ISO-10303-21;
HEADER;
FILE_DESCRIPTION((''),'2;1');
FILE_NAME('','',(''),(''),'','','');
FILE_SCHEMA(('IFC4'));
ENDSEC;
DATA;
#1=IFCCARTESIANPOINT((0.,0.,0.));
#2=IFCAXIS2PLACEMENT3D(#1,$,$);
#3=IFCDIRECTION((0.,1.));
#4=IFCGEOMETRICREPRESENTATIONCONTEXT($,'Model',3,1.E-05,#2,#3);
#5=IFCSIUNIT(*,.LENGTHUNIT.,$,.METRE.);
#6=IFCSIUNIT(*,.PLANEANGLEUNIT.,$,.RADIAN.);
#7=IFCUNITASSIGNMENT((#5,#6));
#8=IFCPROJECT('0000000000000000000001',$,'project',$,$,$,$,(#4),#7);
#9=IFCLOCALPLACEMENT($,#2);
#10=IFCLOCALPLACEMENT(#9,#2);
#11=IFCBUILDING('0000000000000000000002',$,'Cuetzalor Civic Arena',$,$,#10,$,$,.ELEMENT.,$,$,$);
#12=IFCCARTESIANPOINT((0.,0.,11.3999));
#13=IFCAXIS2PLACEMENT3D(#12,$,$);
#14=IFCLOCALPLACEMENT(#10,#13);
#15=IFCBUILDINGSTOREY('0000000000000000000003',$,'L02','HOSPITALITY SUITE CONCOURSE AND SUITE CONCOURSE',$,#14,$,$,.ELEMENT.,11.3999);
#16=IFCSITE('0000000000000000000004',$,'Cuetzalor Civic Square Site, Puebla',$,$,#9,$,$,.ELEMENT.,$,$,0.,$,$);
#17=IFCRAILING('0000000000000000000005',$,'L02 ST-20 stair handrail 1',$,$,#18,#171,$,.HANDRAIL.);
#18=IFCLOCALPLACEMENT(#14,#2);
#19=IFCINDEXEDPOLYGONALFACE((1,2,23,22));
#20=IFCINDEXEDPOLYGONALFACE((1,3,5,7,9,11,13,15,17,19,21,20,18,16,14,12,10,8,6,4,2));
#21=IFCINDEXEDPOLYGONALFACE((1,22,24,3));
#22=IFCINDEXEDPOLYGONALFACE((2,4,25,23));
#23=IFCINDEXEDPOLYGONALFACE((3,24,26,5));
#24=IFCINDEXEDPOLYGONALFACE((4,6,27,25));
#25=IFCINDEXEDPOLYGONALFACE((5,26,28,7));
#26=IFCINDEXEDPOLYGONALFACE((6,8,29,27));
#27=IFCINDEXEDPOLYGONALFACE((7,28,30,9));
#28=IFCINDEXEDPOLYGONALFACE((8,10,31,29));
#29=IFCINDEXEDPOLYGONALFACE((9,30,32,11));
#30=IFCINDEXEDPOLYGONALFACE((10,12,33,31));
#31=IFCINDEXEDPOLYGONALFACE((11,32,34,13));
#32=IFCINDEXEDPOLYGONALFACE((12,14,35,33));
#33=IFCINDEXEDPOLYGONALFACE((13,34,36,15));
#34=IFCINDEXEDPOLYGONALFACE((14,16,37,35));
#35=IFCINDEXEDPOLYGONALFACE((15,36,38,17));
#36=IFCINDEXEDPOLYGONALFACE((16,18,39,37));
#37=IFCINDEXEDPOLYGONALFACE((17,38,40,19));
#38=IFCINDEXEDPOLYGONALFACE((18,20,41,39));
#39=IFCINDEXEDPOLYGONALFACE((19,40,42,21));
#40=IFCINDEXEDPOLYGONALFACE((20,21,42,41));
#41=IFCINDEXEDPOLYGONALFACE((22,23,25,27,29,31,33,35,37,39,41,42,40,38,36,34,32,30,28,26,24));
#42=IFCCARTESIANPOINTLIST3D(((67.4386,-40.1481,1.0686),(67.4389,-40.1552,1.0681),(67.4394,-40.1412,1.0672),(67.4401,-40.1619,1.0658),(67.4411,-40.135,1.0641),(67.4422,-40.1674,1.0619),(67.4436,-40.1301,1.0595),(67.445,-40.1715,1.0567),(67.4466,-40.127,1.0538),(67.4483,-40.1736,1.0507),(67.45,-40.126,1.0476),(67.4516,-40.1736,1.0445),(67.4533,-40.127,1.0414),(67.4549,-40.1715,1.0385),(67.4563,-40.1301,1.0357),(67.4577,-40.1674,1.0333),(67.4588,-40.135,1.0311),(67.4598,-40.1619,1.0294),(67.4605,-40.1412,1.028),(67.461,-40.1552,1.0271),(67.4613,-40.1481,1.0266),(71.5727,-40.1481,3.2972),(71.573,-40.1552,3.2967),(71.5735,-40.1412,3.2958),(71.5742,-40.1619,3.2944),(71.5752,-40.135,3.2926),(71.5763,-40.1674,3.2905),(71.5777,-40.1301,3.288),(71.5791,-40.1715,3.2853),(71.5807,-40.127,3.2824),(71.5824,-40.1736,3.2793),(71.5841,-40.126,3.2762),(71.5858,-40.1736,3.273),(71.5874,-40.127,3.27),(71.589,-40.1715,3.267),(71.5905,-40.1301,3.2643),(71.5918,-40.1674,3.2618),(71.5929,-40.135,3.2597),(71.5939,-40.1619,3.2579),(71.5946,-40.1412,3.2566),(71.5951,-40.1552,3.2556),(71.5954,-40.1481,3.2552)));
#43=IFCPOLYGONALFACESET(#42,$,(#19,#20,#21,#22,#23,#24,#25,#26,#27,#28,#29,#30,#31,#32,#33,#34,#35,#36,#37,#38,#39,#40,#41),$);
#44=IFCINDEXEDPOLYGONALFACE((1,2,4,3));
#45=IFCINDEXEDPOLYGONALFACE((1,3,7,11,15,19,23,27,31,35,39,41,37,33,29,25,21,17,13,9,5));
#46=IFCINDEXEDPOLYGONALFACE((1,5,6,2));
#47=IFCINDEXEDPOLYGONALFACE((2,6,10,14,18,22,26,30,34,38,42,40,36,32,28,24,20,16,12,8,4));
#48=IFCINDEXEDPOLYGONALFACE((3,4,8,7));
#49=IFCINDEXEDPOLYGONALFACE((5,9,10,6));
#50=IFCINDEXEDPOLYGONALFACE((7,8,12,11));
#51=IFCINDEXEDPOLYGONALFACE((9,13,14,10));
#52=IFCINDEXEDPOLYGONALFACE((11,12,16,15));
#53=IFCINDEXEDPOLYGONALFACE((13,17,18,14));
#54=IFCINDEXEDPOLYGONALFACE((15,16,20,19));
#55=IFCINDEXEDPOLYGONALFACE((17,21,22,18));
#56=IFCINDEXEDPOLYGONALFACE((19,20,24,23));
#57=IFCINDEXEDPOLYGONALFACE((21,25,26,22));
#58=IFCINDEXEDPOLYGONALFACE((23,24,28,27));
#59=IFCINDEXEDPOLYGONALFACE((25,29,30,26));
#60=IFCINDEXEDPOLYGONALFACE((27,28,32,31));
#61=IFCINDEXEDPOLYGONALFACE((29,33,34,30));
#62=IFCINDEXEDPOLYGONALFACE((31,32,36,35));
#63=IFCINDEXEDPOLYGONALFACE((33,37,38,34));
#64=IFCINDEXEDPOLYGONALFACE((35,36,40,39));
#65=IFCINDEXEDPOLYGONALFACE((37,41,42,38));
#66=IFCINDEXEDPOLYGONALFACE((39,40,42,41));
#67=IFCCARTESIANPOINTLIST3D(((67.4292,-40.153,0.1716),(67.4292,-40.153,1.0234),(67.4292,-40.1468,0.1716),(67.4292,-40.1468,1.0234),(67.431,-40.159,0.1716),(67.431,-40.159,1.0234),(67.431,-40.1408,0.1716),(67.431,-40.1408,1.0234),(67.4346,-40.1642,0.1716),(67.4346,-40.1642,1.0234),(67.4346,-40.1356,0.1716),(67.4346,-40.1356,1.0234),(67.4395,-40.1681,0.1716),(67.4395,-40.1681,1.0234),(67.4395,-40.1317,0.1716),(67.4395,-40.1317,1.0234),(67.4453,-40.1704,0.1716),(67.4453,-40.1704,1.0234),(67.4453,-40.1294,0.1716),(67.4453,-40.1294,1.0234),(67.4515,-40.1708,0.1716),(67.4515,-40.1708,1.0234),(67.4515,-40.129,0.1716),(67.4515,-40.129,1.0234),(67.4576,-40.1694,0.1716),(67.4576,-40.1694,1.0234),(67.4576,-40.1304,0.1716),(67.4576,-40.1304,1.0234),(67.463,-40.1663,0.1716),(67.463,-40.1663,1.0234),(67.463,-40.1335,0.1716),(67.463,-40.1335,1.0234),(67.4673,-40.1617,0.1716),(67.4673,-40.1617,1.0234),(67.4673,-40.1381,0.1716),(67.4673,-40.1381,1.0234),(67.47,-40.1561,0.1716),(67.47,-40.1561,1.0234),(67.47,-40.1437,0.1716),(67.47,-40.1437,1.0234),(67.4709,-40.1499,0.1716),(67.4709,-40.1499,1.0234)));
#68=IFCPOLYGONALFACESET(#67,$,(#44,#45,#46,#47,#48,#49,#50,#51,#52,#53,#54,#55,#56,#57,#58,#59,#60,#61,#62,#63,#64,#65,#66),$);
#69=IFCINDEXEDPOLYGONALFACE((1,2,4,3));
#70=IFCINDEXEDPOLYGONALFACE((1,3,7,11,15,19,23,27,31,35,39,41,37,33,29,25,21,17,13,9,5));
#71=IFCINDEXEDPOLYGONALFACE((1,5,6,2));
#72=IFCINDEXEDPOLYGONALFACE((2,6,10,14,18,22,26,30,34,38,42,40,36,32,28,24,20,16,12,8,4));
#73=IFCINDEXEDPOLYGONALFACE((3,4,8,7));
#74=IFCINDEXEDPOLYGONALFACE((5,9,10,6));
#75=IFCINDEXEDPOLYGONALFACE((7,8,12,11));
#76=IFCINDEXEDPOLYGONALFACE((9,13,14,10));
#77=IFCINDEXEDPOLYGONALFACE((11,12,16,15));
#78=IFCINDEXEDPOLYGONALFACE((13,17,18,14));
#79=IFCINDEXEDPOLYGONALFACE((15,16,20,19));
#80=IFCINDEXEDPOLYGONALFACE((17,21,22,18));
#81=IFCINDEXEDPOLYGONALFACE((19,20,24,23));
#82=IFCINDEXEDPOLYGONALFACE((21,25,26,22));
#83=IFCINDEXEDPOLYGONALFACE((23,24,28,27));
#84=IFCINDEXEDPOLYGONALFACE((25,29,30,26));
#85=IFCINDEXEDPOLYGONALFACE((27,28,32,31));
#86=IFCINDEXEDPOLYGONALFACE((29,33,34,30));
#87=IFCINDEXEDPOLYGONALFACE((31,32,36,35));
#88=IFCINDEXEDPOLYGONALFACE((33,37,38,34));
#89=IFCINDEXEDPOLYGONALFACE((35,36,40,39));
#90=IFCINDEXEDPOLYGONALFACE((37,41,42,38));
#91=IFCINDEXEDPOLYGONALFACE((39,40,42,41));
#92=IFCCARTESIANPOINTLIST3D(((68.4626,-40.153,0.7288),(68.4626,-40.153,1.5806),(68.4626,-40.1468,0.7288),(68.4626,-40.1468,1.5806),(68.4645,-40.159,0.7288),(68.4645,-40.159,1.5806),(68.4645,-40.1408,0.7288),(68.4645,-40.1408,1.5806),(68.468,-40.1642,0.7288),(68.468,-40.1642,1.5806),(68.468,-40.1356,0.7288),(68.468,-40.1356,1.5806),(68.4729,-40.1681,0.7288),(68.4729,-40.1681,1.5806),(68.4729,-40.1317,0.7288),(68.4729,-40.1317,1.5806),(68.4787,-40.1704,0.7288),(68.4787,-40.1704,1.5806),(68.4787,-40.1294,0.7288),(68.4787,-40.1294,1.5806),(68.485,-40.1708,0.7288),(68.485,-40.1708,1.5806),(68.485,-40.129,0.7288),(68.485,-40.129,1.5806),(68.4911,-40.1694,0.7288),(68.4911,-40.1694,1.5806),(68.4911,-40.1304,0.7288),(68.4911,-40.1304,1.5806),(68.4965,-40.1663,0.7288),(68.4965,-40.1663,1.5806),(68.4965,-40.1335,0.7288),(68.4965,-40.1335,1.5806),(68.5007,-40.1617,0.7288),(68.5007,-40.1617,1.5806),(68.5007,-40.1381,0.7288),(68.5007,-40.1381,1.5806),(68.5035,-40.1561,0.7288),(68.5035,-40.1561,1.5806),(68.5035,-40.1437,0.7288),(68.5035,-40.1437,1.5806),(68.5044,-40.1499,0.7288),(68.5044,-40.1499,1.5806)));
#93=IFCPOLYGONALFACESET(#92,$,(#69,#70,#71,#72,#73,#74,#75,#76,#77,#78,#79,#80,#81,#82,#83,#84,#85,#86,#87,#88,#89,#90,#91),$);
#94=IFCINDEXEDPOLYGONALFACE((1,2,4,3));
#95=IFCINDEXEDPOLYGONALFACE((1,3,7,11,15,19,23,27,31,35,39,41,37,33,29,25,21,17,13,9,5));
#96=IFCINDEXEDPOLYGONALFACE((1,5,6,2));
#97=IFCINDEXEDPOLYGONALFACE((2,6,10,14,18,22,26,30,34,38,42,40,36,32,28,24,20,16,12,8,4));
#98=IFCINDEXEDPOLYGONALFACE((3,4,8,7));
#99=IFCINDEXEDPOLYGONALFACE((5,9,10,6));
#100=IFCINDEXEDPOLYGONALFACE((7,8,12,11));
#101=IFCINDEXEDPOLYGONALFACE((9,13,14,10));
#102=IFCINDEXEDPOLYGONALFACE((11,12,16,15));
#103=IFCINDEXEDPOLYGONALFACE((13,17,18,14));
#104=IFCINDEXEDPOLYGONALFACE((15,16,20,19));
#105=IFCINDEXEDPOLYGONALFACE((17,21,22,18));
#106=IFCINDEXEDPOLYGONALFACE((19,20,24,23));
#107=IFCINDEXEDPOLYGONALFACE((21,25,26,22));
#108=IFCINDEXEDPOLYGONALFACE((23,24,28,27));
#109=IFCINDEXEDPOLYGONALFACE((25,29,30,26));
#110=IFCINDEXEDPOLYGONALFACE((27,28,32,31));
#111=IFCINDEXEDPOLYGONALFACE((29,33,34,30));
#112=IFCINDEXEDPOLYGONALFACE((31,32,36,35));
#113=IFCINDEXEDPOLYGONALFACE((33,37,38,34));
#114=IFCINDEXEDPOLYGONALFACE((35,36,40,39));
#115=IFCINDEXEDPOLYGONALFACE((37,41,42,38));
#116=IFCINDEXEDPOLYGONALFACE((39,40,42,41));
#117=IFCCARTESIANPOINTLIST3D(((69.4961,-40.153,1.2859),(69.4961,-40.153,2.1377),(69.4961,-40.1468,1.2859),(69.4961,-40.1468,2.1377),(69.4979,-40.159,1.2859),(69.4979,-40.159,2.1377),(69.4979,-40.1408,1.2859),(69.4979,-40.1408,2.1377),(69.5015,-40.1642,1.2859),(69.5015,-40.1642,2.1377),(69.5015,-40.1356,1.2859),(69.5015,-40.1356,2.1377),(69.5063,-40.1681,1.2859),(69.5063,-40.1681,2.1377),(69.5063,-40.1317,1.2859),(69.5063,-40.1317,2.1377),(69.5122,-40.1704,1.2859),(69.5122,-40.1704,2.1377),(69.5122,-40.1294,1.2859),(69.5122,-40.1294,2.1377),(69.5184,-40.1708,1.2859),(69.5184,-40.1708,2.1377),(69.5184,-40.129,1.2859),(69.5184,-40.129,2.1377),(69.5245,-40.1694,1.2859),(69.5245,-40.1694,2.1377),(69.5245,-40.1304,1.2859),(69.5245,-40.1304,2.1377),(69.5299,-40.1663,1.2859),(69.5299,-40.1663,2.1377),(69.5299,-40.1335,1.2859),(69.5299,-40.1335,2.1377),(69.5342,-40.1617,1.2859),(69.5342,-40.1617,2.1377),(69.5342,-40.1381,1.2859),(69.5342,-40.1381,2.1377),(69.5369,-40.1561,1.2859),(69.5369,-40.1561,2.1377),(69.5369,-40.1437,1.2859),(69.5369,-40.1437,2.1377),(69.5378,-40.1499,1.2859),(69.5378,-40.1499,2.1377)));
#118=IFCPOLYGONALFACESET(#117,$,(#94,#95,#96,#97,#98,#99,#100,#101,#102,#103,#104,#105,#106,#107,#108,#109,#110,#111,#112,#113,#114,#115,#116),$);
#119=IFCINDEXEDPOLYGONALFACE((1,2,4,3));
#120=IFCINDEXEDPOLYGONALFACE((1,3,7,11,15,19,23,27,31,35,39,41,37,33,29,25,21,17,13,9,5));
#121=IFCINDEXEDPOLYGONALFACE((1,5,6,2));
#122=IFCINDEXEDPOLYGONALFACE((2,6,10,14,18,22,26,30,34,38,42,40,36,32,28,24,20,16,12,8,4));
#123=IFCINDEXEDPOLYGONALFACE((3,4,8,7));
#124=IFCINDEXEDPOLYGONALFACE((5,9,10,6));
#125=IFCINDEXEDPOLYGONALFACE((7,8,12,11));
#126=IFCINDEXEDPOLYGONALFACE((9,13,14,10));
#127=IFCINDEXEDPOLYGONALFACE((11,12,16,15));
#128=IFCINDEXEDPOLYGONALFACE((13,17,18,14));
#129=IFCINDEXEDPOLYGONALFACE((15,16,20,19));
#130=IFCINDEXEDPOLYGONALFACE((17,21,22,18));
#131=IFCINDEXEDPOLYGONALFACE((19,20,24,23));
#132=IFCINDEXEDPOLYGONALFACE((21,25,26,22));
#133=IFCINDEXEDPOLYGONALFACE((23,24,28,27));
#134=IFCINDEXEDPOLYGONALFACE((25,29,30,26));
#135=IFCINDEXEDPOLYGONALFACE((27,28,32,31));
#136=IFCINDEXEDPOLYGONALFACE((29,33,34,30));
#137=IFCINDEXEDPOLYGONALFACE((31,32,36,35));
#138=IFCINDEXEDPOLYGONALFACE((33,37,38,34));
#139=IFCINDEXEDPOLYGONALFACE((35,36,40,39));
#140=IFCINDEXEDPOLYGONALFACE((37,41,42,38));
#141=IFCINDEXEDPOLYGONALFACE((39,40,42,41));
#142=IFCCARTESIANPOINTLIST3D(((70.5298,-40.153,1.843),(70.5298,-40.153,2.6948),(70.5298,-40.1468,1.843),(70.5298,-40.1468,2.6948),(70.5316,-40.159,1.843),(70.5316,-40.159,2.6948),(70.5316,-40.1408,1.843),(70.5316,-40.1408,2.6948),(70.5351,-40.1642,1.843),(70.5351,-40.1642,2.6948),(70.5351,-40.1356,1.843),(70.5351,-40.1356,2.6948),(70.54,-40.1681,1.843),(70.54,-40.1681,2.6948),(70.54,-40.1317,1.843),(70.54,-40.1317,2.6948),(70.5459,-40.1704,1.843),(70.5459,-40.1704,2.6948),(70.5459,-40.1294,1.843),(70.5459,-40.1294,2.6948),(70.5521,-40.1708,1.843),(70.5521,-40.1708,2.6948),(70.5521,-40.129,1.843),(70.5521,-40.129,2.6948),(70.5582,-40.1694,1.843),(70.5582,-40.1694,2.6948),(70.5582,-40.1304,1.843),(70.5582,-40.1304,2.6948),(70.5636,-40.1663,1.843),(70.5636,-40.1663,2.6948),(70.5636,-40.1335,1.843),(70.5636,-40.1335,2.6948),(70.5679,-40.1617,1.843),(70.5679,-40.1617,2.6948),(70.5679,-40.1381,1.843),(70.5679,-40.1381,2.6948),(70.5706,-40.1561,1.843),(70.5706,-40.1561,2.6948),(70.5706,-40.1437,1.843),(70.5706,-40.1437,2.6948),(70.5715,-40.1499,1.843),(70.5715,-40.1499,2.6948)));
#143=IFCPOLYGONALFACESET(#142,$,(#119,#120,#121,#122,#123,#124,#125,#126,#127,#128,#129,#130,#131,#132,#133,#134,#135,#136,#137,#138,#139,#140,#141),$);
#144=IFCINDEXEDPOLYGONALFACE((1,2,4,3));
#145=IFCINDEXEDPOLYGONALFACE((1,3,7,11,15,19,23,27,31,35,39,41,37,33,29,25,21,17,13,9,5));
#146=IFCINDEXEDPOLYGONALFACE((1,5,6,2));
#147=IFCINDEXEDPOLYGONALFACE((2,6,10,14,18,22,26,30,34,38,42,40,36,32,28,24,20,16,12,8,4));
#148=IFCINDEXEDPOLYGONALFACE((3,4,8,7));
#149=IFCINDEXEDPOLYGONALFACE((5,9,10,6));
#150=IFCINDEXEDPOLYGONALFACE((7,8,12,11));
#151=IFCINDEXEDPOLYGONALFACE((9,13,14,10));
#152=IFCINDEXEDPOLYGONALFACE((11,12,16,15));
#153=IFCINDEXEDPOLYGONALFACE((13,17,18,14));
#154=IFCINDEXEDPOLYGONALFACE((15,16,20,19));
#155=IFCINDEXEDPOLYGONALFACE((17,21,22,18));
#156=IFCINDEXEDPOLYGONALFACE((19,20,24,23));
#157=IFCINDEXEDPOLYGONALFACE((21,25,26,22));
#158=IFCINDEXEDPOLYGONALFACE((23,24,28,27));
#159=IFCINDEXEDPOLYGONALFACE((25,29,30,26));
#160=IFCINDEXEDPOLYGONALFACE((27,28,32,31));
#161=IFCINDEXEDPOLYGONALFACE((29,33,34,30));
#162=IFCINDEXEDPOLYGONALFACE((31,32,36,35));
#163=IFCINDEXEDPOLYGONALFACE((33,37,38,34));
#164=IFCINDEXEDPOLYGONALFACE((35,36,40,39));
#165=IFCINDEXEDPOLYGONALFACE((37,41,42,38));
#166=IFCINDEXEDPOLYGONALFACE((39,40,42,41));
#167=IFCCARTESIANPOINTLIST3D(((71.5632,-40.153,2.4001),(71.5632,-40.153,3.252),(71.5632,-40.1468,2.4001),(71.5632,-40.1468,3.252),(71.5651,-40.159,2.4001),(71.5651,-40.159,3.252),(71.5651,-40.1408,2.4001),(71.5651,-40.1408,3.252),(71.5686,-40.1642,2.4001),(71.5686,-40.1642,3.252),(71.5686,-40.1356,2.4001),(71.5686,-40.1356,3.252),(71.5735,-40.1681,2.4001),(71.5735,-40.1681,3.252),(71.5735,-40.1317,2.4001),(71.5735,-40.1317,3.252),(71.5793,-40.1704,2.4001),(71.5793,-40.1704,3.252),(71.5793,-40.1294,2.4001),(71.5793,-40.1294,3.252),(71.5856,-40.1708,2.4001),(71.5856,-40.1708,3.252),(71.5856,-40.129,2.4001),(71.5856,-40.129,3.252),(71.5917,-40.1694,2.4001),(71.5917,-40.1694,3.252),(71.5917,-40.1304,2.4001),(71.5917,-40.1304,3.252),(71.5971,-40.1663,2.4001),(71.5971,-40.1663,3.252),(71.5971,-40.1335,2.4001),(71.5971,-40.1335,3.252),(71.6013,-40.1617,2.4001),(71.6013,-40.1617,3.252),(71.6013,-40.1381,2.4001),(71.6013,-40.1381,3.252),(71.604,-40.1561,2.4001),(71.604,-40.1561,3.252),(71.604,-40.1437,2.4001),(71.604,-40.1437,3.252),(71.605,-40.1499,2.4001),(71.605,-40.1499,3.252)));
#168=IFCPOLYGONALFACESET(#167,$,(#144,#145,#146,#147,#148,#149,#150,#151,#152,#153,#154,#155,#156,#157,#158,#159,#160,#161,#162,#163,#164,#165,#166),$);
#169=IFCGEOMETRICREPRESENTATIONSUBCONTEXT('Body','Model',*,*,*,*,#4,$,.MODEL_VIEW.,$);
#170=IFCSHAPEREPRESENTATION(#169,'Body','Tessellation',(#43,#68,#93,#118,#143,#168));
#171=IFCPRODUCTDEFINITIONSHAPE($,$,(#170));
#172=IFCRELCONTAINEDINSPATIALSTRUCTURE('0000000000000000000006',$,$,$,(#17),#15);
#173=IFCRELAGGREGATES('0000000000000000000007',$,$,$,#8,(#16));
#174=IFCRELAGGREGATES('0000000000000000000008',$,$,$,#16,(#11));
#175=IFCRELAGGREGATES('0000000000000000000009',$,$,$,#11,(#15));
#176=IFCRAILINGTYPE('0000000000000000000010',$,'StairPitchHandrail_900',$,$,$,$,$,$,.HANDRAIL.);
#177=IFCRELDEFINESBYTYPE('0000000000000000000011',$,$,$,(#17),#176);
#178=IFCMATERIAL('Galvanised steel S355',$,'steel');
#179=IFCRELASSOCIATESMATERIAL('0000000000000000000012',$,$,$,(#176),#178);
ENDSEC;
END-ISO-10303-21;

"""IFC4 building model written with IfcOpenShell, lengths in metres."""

from ifc_helpers import new_model, si_unit, direction, frame, origin, origin_2d, place, context, subcontext, project, spatial, circle, extrude, material, type_object, element, save


model = new_model("IFC4")

# Units and contexts
model_context = context("Model", 3, precision=1e-05, world=origin(), true_north=direction((0.0, 1.0)))
body_context = subcontext(model_context, "Body", "Model", "MODEL_VIEW")
ifc_project = project(units=[si_unit("LENGTHUNIT", "METRE"), si_unit("PLANEANGLEUNIT", "RADIAN")], contexts=[model_context])

# Site, building, storey
site_placement = place(None, origin())
site = spatial("IfcSite", under=ifc_project, at=site_placement, Name="Cuetzalor Civic Square Site, Puebla", CompositionType="ELEMENT", RefElevation=0.0)
building_placement = place(site_placement, origin())
building = spatial("IfcBuilding", under=site, at=building_placement, Name="Cuetzalor Civic Arena", CompositionType="ELEMENT")
storey_placement = place(building_placement, frame((0.0, 0.0, 11.3999)))
storey = spatial("IfcBuildingStorey", under=building, at=storey_placement, Name="L02", Description="HOSPITALITY SUITE CONCOURSE AND SUITE CONCOURSE", CompositionType="ELEMENT", Elevation=11.3999)

# Railing
ifc_material_1 = material(Name="Galvanised steel S355", Category="steel")
railing_type_1 = type_object("IfcRailingType", Name="StairPitchHandrail_900", PredefinedType="HANDRAIL", material=ifc_material_1)
for number, where, name in (
    (1, (67.45, -40.1499, 0.1716), "L02 ST-20 stair handrail 1"),
):
    element("IfcRailing", number, at=place(storey_placement, frame(where)), inside=storey, type_object=railing_type_1, Name=name, PredefinedType="HANDRAIL", context=body_context, shape_type="SweptSolid", body=[
        extrude(circle(Radius=0.0239, at=origin_2d()), frame((0.0, 0.0, 0.876), z_axis=(0.880249, 0.0, 0.474512), x_axis=(0.0, 1.0, 0.0)), (0.0, 0.0, 1.0), 4.6965),
        extrude(circle(Radius=0.021, at=origin_2d()), origin(), (0.0, 0.0, 1.0), 0.8518),
        extrude(circle(Radius=0.021, at=origin_2d()), frame((1.0334, 0.0, 0.5571)), (0.0, 0.0, 1.0), 0.8518),
        extrude(circle(Radius=0.021, at=origin_2d()), frame((2.0669, 0.0, 1.1143)), (0.0, 0.0, 1.0), 0.8518),
        extrude(circle(Radius=0.021, at=origin_2d()), frame((3.1006, 0.0, 1.6714)), (0.0, 0.0, 1.0), 0.8518),
        extrude(circle(Radius=0.021, at=origin_2d()), frame((4.134, 0.0, 2.2285)), (0.0, 0.0, 1.0), 0.8518),
    ])

save(model, "model.ifc")
